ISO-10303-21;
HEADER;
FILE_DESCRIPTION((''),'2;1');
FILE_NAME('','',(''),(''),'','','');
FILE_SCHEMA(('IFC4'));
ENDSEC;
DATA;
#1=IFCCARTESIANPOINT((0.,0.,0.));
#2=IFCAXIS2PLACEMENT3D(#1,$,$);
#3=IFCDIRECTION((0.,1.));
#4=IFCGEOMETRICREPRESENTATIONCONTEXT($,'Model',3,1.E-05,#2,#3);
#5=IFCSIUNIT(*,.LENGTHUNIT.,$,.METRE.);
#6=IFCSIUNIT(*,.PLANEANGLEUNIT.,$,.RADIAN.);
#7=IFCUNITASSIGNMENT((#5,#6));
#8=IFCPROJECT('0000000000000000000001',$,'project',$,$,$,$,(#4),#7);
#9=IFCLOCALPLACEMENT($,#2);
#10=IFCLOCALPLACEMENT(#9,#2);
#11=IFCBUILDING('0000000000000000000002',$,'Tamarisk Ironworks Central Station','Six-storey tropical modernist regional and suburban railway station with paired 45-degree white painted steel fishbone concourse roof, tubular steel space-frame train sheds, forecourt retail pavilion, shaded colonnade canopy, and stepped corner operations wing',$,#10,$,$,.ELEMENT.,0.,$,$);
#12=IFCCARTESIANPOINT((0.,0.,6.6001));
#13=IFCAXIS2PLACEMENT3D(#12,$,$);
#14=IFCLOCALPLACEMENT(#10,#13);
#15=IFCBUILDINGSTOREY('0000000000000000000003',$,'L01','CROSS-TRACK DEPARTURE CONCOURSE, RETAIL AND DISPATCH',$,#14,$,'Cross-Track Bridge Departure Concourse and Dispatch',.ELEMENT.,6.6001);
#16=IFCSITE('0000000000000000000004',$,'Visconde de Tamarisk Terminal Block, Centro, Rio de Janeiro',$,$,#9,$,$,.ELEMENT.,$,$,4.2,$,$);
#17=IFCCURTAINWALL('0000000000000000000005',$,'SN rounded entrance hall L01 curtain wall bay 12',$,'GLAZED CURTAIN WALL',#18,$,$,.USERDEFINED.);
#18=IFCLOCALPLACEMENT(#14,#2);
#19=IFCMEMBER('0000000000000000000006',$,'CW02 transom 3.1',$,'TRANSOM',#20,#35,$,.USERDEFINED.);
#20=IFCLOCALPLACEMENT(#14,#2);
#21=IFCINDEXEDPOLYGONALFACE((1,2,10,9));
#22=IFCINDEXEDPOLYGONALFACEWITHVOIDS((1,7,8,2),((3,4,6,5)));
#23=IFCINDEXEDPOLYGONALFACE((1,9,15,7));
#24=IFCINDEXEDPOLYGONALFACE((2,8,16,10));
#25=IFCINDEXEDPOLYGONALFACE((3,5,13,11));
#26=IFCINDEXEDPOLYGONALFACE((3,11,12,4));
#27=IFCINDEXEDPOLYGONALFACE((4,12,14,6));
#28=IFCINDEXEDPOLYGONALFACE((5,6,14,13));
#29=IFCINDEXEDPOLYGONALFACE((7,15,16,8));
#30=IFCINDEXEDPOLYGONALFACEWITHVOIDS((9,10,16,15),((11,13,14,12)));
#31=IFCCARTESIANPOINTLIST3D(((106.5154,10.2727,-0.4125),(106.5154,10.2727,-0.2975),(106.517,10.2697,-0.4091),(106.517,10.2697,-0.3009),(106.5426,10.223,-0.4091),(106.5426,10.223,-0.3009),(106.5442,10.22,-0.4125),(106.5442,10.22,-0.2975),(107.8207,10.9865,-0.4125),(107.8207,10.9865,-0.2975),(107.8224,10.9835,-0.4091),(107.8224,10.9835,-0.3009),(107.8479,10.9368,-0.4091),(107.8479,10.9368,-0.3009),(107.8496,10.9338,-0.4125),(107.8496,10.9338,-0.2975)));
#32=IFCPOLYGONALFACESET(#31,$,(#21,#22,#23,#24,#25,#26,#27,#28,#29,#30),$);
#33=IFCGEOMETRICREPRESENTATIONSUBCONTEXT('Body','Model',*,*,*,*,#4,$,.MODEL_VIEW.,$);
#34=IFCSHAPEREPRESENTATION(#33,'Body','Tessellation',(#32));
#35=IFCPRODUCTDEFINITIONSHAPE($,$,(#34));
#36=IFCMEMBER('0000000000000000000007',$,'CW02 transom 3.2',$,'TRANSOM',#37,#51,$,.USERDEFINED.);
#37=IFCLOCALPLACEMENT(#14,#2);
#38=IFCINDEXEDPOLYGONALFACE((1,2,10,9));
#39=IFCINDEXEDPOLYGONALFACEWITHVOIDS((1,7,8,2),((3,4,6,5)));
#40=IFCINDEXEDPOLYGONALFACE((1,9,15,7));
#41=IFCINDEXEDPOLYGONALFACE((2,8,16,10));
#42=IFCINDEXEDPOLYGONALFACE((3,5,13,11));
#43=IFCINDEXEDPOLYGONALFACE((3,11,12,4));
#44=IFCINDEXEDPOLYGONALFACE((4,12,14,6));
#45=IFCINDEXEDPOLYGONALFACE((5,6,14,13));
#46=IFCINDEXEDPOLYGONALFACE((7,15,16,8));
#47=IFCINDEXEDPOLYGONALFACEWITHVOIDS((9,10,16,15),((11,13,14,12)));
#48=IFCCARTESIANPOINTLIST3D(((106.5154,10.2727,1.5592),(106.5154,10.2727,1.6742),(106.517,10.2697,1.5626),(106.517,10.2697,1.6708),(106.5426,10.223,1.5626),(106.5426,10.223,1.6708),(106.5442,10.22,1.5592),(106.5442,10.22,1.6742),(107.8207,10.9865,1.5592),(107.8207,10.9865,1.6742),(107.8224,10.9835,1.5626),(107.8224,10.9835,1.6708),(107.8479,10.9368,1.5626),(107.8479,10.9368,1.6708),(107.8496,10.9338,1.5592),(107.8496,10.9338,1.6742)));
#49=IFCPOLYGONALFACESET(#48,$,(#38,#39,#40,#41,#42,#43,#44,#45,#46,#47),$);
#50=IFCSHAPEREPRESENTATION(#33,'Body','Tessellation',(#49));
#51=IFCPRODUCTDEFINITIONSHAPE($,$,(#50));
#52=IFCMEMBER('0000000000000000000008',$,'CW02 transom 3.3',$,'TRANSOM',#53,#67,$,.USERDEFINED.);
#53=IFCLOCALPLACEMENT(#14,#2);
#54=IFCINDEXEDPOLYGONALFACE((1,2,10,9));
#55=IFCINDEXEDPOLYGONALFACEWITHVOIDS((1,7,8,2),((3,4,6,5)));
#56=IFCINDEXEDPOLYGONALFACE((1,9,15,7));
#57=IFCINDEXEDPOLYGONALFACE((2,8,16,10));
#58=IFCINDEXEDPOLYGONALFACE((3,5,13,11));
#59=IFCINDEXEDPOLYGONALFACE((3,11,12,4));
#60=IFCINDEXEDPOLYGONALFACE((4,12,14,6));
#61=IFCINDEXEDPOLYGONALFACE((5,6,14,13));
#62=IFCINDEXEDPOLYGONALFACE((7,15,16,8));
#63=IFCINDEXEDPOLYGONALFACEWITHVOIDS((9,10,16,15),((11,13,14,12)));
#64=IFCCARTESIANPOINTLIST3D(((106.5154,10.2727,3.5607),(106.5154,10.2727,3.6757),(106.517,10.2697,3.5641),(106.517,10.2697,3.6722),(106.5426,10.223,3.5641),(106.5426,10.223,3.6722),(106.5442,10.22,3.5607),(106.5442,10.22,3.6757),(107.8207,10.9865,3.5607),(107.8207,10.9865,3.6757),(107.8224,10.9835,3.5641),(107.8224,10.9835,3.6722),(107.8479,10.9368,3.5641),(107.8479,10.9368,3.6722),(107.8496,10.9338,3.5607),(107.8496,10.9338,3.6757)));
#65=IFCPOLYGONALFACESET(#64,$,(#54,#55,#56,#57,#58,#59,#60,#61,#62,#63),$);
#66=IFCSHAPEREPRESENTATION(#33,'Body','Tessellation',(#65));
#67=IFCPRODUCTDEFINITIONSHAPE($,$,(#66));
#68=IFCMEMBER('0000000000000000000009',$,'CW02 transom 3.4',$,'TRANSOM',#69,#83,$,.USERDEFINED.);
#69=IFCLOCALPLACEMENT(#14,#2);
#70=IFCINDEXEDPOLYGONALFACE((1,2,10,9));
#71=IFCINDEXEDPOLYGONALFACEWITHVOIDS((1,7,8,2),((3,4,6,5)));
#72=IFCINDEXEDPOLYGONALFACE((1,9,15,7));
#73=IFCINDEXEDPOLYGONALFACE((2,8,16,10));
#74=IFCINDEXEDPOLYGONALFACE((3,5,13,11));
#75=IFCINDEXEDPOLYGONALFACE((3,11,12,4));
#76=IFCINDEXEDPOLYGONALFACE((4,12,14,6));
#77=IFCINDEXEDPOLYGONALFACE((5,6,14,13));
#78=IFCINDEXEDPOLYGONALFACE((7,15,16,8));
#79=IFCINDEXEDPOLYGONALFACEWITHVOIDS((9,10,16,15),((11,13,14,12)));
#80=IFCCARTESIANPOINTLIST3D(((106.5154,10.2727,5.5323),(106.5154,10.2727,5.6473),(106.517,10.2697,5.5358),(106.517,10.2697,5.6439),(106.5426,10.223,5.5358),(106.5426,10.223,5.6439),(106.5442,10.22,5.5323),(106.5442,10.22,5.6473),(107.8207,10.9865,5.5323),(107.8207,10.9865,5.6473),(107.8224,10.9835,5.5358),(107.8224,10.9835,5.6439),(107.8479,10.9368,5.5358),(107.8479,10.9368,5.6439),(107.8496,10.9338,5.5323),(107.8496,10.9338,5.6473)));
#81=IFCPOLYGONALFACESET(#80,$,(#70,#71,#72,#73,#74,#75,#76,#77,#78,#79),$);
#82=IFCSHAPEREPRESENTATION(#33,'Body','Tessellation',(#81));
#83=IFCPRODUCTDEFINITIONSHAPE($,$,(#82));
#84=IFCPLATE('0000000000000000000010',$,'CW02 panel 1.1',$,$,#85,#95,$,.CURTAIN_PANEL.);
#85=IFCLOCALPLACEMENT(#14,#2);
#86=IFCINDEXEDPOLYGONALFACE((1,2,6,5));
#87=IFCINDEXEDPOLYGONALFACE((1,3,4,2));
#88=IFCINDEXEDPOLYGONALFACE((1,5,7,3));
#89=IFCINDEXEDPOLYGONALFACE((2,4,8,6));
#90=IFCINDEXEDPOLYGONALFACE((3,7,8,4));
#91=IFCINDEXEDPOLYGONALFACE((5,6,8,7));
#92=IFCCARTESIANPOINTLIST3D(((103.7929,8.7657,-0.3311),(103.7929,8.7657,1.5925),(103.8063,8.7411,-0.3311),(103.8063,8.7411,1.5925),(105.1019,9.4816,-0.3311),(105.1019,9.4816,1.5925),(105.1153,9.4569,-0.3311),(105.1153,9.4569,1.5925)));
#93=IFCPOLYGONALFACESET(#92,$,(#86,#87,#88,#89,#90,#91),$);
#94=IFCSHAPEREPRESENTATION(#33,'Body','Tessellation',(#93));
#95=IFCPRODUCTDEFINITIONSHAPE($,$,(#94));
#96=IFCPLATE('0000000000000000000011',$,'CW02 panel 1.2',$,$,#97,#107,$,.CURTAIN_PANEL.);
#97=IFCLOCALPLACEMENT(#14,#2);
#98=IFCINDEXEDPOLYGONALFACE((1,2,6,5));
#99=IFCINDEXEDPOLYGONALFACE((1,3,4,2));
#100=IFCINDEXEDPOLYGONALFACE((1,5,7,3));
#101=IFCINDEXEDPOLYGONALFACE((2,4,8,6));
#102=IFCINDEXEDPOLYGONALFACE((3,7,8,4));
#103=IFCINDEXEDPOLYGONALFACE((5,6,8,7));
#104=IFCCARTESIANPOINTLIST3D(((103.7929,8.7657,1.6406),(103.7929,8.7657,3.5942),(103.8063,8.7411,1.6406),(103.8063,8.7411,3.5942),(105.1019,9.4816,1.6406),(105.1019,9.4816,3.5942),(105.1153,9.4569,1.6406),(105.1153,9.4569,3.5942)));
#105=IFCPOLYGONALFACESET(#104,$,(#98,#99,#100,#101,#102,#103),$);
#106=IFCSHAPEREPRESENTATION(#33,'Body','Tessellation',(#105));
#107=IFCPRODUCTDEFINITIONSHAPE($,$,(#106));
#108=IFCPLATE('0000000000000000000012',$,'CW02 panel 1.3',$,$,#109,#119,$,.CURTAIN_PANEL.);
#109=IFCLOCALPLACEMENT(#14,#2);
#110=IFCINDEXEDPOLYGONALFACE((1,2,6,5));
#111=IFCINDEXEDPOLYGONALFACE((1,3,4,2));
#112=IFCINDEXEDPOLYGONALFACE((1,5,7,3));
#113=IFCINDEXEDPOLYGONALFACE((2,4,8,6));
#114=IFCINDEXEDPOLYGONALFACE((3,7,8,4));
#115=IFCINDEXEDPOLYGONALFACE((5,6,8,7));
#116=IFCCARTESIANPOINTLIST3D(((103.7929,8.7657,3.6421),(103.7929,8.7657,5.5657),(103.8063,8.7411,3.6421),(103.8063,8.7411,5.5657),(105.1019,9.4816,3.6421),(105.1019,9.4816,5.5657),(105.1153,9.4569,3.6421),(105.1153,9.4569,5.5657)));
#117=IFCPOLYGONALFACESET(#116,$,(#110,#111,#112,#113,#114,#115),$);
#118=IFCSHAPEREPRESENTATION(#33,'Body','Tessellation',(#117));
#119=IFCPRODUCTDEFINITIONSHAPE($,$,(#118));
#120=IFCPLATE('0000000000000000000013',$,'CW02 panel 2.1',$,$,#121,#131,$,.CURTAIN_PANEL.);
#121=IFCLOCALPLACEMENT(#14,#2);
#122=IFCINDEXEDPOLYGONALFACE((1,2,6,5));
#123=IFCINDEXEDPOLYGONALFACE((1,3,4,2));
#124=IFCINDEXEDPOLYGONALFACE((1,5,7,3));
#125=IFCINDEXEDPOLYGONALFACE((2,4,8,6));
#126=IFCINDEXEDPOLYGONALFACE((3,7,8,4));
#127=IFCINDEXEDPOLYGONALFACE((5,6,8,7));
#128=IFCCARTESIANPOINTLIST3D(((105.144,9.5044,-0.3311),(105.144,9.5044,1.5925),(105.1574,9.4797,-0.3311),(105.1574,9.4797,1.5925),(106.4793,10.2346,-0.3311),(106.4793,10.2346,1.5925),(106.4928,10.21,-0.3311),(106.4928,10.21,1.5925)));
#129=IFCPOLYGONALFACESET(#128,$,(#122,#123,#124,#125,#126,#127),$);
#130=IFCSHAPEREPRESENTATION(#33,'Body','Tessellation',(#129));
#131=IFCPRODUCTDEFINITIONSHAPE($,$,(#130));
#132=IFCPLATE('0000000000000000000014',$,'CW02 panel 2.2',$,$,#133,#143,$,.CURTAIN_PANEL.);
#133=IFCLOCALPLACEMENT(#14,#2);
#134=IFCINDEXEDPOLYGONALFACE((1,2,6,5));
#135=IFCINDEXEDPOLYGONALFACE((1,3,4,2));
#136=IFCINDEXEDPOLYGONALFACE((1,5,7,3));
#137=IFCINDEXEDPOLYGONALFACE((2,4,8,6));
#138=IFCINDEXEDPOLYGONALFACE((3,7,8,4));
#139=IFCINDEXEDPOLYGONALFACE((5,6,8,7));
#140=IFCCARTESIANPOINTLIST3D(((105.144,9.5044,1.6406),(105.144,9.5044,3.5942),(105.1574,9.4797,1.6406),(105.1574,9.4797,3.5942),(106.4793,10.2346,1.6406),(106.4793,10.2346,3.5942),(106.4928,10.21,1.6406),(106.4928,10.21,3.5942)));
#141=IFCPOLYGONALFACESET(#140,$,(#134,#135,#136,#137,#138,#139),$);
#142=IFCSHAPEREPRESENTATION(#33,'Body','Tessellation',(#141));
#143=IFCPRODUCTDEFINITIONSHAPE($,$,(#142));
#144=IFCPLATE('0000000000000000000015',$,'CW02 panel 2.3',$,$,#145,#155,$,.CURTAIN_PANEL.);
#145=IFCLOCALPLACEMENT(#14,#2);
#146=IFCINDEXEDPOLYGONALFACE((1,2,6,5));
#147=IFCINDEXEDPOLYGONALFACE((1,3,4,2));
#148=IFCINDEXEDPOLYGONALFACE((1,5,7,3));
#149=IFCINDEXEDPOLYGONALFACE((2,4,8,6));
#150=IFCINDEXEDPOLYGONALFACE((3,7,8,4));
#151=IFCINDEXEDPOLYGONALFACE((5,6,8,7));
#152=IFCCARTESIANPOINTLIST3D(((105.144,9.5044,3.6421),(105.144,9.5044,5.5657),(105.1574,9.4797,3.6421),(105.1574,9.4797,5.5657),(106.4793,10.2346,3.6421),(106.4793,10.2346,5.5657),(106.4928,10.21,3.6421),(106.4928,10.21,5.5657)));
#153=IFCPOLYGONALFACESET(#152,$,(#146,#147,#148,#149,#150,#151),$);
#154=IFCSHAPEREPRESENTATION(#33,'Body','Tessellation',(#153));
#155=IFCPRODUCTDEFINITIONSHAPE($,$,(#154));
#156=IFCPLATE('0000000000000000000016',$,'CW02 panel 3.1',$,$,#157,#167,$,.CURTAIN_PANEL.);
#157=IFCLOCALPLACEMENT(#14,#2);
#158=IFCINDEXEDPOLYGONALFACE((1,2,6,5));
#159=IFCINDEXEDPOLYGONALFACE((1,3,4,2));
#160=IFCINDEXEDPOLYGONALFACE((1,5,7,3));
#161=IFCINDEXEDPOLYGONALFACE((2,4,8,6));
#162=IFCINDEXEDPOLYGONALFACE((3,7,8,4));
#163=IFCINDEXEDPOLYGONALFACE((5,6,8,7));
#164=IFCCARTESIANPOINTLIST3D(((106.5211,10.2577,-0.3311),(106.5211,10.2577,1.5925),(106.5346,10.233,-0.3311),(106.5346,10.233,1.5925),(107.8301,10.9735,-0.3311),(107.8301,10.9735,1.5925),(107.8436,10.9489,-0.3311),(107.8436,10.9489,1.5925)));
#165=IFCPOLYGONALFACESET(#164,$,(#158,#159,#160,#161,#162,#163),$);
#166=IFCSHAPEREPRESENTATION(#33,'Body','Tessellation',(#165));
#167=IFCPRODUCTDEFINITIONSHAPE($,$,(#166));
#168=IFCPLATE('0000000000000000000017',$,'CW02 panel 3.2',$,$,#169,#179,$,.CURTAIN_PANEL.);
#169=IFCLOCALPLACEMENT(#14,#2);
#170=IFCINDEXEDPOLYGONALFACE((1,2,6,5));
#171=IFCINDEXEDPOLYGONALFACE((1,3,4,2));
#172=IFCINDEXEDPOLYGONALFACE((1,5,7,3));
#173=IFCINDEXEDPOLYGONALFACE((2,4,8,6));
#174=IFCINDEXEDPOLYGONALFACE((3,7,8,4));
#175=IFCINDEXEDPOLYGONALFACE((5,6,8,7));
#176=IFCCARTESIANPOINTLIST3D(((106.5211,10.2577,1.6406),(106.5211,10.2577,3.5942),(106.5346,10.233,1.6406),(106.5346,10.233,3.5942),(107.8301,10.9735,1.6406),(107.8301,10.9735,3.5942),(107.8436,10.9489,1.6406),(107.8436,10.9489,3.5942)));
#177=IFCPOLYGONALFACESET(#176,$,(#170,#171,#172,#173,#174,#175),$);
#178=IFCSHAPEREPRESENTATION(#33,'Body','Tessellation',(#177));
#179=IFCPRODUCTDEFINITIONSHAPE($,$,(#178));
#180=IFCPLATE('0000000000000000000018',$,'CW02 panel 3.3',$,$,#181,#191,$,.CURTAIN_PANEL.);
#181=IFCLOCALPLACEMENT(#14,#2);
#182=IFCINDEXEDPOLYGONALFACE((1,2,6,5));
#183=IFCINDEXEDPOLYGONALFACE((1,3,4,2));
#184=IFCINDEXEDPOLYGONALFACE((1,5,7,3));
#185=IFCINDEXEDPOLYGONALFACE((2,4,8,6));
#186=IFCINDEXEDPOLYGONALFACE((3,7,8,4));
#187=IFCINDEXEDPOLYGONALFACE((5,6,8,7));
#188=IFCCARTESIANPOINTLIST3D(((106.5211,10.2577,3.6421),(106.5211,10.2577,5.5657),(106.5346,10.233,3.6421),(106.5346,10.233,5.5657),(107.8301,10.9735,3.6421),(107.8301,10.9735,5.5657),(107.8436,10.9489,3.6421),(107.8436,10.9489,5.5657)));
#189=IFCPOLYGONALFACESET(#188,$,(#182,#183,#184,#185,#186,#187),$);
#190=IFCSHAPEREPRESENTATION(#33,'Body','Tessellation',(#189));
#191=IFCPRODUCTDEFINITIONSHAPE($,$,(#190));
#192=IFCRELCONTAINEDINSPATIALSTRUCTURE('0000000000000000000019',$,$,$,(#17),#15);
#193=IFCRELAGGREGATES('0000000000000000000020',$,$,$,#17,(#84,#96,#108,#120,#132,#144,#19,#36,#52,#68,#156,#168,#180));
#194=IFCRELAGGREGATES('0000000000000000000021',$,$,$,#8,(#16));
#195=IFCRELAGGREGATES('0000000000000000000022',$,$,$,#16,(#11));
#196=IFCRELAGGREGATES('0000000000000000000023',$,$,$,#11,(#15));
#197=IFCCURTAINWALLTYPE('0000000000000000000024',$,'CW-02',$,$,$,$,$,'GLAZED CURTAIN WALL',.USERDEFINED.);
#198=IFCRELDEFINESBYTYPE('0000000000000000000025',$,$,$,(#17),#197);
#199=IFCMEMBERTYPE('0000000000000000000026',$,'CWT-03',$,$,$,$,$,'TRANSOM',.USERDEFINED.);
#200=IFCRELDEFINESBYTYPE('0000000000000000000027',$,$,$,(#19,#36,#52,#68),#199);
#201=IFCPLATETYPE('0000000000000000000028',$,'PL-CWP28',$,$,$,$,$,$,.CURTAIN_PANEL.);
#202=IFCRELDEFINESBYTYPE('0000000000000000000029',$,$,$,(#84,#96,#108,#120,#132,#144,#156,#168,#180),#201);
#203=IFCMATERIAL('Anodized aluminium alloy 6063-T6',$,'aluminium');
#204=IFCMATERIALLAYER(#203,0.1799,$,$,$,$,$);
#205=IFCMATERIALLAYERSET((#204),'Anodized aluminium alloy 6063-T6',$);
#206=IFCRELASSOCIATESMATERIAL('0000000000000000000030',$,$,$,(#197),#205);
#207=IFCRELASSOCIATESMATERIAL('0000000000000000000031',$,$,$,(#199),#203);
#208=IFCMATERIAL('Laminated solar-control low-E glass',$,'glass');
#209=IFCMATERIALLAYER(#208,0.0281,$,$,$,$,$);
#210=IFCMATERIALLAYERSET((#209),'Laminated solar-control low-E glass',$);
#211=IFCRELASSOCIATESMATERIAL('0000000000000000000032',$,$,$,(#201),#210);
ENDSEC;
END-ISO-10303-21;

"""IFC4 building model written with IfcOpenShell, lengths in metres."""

from ifc_helpers import new_model, si_unit, direction, frame, origin, origin_2d, place, context, subcontext, project, spatial, rectangle, hollow_rectangle, extrude, material, layer, layer_set, material_profile, profile_set, type_object, element, aggregate, save


model = new_model("IFC4")

# Units and contexts
model_context = context("Model", 3, precision=1e-05, world=origin(), true_north=direction((0.0, 1.0)))
body_context = subcontext(model_context, "Body", "Model", "MODEL_VIEW")
ifc_project = project(units=[si_unit("LENGTHUNIT", "METRE"), si_unit("PLANEANGLEUNIT", "RADIAN")], contexts=[model_context])

# Site, building, storey
site_placement = place(None, origin())
site = spatial("IfcSite", under=ifc_project, at=site_placement, Name="Visconde de Tamarisk Terminal Block, Centro, Rio de Janeiro", CompositionType="ELEMENT", RefElevation=4.2)
building_placement = place(site_placement, origin())
building = spatial("IfcBuilding", under=site, at=building_placement, Name="Tamarisk Ironworks Central Station", Description="Six-storey tropical modernist regional and suburban railway station with paired 45-degree white painted steel fishbone concourse roof, tubular steel space-frame train sheds, forecourt retail pavilion, shaded colonnade canopy, and stepped corner operations wing", CompositionType="ELEMENT", ElevationOfRefHeight=0.0)
storey_placement = place(building_placement, frame((0.0, 0.0, 6.6001)))
storey = spatial("IfcBuildingStorey", under=building, at=storey_placement, Name="L01", Description="CROSS-TRACK DEPARTURE CONCOURSE, RETAIL AND DISPATCH", LongName="Cross-Track Bridge Departure Concourse and Dispatch", CompositionType="ELEMENT", Elevation=6.6001)

# Curtain wall, members, plates
ifc_material_1 = material(Name="Anodized aluminium alloy 6063-T6", Category="aluminium")
ifc_layer_1 = layer(ifc_material_1, 0.1799)
ifc_layer_set_1 = layer_set([ifc_layer_1], Name="Anodized aluminium alloy 6063-T6")
curtain_wall_type = type_object("IfcCurtainWallType", Name="CW-02", ElementType="GLAZED CURTAIN WALL", PredefinedType="USERDEFINED", material=ifc_layer_set_1)
curtain_wall_placement = place(storey_placement, origin())
curtain_wall = element("IfcCurtainWall", 1, at=curtain_wall_placement, inside=storey, type_object=curtain_wall_type, Name="SN rounded entrance hall L01 curtain wall bay 12", ObjectType="GLAZED CURTAIN WALL", PredefinedType="USERDEFINED")
ifc_material_profile_1 = material_profile(ifc_material_1, hollow_rectangle(XDim=0.0601, YDim=0.115, WallThickness=0.0034, at=origin_2d()), Name="ALUM 115x60")
ifc_profile_set_1 = profile_set([ifc_material_profile_1], Name="Anodized aluminium alloy 6063-T6")
member_type_1 = type_object("IfcMemberType", Name="CWT-03", ElementType="TRANSOM", PredefinedType="USERDEFINED", material=ifc_profile_set_1)
member_1_placement = place(storey_placement, frame((106.5298, 10.2463, -0.355), z_axis=(0.877381, 0.479795, 0.0), x_axis=(-0.479795, 0.877381, 0.0)))
member_1 = element("IfcMember", 2, at=member_1_placement, type_object=member_type_1, Name="CW02 transom 3.1", ObjectType="TRANSOM", PredefinedType="USERDEFINED", context=body_context, shape_type="SweptSolid", body=[
    extrude(hollow_rectangle(XDim=0.0601, YDim=0.115, WallThickness=0.0034, at=origin_2d()), origin(), (0.0, 0.0, 1.0), 1.4878),
])
member_2_placement = place(storey_placement, frame((106.5298, 10.2463, 1.6167), z_axis=(0.877381, 0.479795, 0.0), x_axis=(-0.479795, 0.877381, 0.0)))
member_2 = element("IfcMember", 3, at=member_2_placement, type_object=member_type_1, Name="CW02 transom 3.2", ObjectType="TRANSOM", PredefinedType="USERDEFINED", context=body_context, shape_type="SweptSolid", body=[
    extrude(hollow_rectangle(XDim=0.0601, YDim=0.115, WallThickness=0.0034, at=origin_2d()), origin(), (0.0, 0.0, 1.0), 1.4878),
])
member_3_placement = place(storey_placement, frame((106.5298, 10.2463, 3.6182), z_axis=(0.877381, 0.479795, 0.0), x_axis=(-0.479795, 0.877381, 0.0)))
member_3 = element("IfcMember", 4, at=member_3_placement, type_object=member_type_1, Name="CW02 transom 3.3", ObjectType="TRANSOM", PredefinedType="USERDEFINED", context=body_context, shape_type="SweptSolid", body=[
    extrude(hollow_rectangle(XDim=0.0601, YDim=0.115, WallThickness=0.0034, at=origin_2d()), origin(), (0.0, 0.0, 1.0), 1.4878),
])
member_4_placement = place(storey_placement, frame((106.5298, 10.2463, 5.5898), z_axis=(0.877381, 0.479795, 0.0), x_axis=(-0.479795, 0.877381, 0.0)))
member_4 = element("IfcMember", 5, at=member_4_placement, type_object=member_type_1, Name="CW02 transom 3.4", ObjectType="TRANSOM", PredefinedType="USERDEFINED", context=body_context, shape_type="SweptSolid", body=[
    extrude(hollow_rectangle(XDim=0.0601, YDim=0.115, WallThickness=0.0034, at=origin_2d()), origin(), (0.0, 0.0, 1.0), 1.4878),
])
ifc_material_2 = material(Name="Laminated solar-control low-E glass", Category="glass")
ifc_layer_2 = layer(ifc_material_2, 0.0281)
ifc_layer_set_2 = layer_set([ifc_layer_2], Name="Laminated solar-control low-E glass")
plate_type = type_object("IfcPlateType", Name="PL-CWP28", PredefinedType="CURTAIN_PANEL", material=ifc_layer_set_2)
plate_1_placement = place(storey_placement, frame((104.4541, 9.1113, -0.3311), z_axis=(0.0, 0.0, 1.0), x_axis=(0.877375, 0.479805, 0.0)))
plate_1 = element("IfcPlate", 6, at=plate_1_placement, type_object=plate_type, Name="CW02 panel 1.1", PredefinedType="CURTAIN_PANEL", context=body_context, shape_type="SweptSolid", body=[
    extrude(rectangle(XDim=1.4919, YDim=0.0281, at=origin_2d()), origin(), (0.0, 0.0, 1.0), 1.9236),
])
plate_2_placement = place(storey_placement, frame((104.4541, 9.1113, 1.6406), z_axis=(0.0, 0.0, 1.0), x_axis=(0.877375, 0.479805, 0.0)))
plate_2 = element("IfcPlate", 7, at=plate_2_placement, type_object=plate_type, Name="CW02 panel 1.2", PredefinedType="CURTAIN_PANEL", context=body_context, shape_type="SweptSolid", body=[
    extrude(rectangle(XDim=1.4919, YDim=0.0281, at=origin_2d()), origin(), (0.0, 0.0, 1.0), 1.9536),
])
plate_3_placement = place(storey_placement, frame((104.4541, 9.1113, 3.6421), z_axis=(0.0, 0.0, 1.0), x_axis=(0.877375, 0.479805, 0.0)))
plate_3 = element("IfcPlate", 8, at=plate_3_placement, type_object=plate_type, Name="CW02 panel 1.3", PredefinedType="CURTAIN_PANEL", context=body_context, shape_type="SweptSolid", body=[
    extrude(rectangle(XDim=1.4919, YDim=0.0281, at=origin_2d()), origin(), (0.0, 0.0, 1.0), 1.9236),
])
plate_4_placement = place(storey_placement, frame((105.8184, 9.8572, -0.3311), z_axis=(0.0, 0.0, 1.0), x_axis=(0.877375, 0.479805, 0.0)))
plate_4 = element("IfcPlate", 9, at=plate_4_placement, type_object=plate_type, Name="CW02 panel 2.1", PredefinedType="CURTAIN_PANEL", context=body_context, shape_type="SweptSolid", body=[
    extrude(rectangle(XDim=1.522, YDim=0.0281, at=origin_2d()), origin(), (0.0, 0.0, 1.0), 1.9236),
])
plate_5_placement = place(storey_placement, frame((105.8184, 9.8572, 1.6406), z_axis=(0.0, 0.0, 1.0), x_axis=(0.877375, 0.479805, 0.0)))
plate_5 = element("IfcPlate", 10, at=plate_5_placement, type_object=plate_type, Name="CW02 panel 2.2", PredefinedType="CURTAIN_PANEL", context=body_context, shape_type="SweptSolid", body=[
    extrude(rectangle(XDim=1.522, YDim=0.0281, at=origin_2d()), origin(), (0.0, 0.0, 1.0), 1.9536),
])
plate_6_placement = place(storey_placement, frame((105.8184, 9.8572, 3.6421), z_axis=(0.0, 0.0, 1.0), x_axis=(0.877375, 0.479805, 0.0)))
plate_6 = element("IfcPlate", 11, at=plate_6_placement, type_object=plate_type, Name="CW02 panel 2.3", PredefinedType="CURTAIN_PANEL", context=body_context, shape_type="SweptSolid", body=[
    extrude(rectangle(XDim=1.522, YDim=0.0281, at=origin_2d()), origin(), (0.0, 0.0, 1.0), 1.9236),
])
plate_7_placement = place(storey_placement, frame((107.1824, 10.6033, -0.3311), z_axis=(0.0, 0.0, 1.0), x_axis=(0.877375, 0.479805, 0.0)))
plate_7 = element("IfcPlate", 12, at=plate_7_placement, type_object=plate_type, Name="CW02 panel 3.1", PredefinedType="CURTAIN_PANEL", context=body_context, shape_type="SweptSolid", body=[
    extrude(rectangle(XDim=1.4919, YDim=0.0281, at=origin_2d()), origin(), (0.0, 0.0, 1.0), 1.9236),
])
plate_8_placement = place(storey_placement, frame((107.1824, 10.6033, 1.6406), z_axis=(0.0, 0.0, 1.0), x_axis=(0.877375, 0.479805, 0.0)))
plate_8 = element("IfcPlate", 13, at=plate_8_placement, type_object=plate_type, Name="CW02 panel 3.2", PredefinedType="CURTAIN_PANEL", context=body_context, shape_type="SweptSolid", body=[
    extrude(rectangle(XDim=1.4919, YDim=0.0281, at=origin_2d()), origin(), (0.0, 0.0, 1.0), 1.9536),
])
plate_9_placement = place(storey_placement, frame((107.1824, 10.6033, 3.6421), z_axis=(0.0, 0.0, 1.0), x_axis=(0.877375, 0.479805, 0.0)))
plate_9 = element("IfcPlate", 14, at=plate_9_placement, type_object=plate_type, Name="CW02 panel 3.3", PredefinedType="CURTAIN_PANEL", context=body_context, shape_type="SweptSolid", body=[
    extrude(rectangle(XDim=1.4919, YDim=0.0281, at=origin_2d()), origin(), (0.0, 0.0, 1.0), 1.9236),
])
aggregate(curtain_wall, [plate_1, plate_2, plate_3, plate_4, plate_5, plate_6, member_1, member_2, member_3, member_4, plate_7, plate_8, plate_9])

save(model, "model.ifc")
